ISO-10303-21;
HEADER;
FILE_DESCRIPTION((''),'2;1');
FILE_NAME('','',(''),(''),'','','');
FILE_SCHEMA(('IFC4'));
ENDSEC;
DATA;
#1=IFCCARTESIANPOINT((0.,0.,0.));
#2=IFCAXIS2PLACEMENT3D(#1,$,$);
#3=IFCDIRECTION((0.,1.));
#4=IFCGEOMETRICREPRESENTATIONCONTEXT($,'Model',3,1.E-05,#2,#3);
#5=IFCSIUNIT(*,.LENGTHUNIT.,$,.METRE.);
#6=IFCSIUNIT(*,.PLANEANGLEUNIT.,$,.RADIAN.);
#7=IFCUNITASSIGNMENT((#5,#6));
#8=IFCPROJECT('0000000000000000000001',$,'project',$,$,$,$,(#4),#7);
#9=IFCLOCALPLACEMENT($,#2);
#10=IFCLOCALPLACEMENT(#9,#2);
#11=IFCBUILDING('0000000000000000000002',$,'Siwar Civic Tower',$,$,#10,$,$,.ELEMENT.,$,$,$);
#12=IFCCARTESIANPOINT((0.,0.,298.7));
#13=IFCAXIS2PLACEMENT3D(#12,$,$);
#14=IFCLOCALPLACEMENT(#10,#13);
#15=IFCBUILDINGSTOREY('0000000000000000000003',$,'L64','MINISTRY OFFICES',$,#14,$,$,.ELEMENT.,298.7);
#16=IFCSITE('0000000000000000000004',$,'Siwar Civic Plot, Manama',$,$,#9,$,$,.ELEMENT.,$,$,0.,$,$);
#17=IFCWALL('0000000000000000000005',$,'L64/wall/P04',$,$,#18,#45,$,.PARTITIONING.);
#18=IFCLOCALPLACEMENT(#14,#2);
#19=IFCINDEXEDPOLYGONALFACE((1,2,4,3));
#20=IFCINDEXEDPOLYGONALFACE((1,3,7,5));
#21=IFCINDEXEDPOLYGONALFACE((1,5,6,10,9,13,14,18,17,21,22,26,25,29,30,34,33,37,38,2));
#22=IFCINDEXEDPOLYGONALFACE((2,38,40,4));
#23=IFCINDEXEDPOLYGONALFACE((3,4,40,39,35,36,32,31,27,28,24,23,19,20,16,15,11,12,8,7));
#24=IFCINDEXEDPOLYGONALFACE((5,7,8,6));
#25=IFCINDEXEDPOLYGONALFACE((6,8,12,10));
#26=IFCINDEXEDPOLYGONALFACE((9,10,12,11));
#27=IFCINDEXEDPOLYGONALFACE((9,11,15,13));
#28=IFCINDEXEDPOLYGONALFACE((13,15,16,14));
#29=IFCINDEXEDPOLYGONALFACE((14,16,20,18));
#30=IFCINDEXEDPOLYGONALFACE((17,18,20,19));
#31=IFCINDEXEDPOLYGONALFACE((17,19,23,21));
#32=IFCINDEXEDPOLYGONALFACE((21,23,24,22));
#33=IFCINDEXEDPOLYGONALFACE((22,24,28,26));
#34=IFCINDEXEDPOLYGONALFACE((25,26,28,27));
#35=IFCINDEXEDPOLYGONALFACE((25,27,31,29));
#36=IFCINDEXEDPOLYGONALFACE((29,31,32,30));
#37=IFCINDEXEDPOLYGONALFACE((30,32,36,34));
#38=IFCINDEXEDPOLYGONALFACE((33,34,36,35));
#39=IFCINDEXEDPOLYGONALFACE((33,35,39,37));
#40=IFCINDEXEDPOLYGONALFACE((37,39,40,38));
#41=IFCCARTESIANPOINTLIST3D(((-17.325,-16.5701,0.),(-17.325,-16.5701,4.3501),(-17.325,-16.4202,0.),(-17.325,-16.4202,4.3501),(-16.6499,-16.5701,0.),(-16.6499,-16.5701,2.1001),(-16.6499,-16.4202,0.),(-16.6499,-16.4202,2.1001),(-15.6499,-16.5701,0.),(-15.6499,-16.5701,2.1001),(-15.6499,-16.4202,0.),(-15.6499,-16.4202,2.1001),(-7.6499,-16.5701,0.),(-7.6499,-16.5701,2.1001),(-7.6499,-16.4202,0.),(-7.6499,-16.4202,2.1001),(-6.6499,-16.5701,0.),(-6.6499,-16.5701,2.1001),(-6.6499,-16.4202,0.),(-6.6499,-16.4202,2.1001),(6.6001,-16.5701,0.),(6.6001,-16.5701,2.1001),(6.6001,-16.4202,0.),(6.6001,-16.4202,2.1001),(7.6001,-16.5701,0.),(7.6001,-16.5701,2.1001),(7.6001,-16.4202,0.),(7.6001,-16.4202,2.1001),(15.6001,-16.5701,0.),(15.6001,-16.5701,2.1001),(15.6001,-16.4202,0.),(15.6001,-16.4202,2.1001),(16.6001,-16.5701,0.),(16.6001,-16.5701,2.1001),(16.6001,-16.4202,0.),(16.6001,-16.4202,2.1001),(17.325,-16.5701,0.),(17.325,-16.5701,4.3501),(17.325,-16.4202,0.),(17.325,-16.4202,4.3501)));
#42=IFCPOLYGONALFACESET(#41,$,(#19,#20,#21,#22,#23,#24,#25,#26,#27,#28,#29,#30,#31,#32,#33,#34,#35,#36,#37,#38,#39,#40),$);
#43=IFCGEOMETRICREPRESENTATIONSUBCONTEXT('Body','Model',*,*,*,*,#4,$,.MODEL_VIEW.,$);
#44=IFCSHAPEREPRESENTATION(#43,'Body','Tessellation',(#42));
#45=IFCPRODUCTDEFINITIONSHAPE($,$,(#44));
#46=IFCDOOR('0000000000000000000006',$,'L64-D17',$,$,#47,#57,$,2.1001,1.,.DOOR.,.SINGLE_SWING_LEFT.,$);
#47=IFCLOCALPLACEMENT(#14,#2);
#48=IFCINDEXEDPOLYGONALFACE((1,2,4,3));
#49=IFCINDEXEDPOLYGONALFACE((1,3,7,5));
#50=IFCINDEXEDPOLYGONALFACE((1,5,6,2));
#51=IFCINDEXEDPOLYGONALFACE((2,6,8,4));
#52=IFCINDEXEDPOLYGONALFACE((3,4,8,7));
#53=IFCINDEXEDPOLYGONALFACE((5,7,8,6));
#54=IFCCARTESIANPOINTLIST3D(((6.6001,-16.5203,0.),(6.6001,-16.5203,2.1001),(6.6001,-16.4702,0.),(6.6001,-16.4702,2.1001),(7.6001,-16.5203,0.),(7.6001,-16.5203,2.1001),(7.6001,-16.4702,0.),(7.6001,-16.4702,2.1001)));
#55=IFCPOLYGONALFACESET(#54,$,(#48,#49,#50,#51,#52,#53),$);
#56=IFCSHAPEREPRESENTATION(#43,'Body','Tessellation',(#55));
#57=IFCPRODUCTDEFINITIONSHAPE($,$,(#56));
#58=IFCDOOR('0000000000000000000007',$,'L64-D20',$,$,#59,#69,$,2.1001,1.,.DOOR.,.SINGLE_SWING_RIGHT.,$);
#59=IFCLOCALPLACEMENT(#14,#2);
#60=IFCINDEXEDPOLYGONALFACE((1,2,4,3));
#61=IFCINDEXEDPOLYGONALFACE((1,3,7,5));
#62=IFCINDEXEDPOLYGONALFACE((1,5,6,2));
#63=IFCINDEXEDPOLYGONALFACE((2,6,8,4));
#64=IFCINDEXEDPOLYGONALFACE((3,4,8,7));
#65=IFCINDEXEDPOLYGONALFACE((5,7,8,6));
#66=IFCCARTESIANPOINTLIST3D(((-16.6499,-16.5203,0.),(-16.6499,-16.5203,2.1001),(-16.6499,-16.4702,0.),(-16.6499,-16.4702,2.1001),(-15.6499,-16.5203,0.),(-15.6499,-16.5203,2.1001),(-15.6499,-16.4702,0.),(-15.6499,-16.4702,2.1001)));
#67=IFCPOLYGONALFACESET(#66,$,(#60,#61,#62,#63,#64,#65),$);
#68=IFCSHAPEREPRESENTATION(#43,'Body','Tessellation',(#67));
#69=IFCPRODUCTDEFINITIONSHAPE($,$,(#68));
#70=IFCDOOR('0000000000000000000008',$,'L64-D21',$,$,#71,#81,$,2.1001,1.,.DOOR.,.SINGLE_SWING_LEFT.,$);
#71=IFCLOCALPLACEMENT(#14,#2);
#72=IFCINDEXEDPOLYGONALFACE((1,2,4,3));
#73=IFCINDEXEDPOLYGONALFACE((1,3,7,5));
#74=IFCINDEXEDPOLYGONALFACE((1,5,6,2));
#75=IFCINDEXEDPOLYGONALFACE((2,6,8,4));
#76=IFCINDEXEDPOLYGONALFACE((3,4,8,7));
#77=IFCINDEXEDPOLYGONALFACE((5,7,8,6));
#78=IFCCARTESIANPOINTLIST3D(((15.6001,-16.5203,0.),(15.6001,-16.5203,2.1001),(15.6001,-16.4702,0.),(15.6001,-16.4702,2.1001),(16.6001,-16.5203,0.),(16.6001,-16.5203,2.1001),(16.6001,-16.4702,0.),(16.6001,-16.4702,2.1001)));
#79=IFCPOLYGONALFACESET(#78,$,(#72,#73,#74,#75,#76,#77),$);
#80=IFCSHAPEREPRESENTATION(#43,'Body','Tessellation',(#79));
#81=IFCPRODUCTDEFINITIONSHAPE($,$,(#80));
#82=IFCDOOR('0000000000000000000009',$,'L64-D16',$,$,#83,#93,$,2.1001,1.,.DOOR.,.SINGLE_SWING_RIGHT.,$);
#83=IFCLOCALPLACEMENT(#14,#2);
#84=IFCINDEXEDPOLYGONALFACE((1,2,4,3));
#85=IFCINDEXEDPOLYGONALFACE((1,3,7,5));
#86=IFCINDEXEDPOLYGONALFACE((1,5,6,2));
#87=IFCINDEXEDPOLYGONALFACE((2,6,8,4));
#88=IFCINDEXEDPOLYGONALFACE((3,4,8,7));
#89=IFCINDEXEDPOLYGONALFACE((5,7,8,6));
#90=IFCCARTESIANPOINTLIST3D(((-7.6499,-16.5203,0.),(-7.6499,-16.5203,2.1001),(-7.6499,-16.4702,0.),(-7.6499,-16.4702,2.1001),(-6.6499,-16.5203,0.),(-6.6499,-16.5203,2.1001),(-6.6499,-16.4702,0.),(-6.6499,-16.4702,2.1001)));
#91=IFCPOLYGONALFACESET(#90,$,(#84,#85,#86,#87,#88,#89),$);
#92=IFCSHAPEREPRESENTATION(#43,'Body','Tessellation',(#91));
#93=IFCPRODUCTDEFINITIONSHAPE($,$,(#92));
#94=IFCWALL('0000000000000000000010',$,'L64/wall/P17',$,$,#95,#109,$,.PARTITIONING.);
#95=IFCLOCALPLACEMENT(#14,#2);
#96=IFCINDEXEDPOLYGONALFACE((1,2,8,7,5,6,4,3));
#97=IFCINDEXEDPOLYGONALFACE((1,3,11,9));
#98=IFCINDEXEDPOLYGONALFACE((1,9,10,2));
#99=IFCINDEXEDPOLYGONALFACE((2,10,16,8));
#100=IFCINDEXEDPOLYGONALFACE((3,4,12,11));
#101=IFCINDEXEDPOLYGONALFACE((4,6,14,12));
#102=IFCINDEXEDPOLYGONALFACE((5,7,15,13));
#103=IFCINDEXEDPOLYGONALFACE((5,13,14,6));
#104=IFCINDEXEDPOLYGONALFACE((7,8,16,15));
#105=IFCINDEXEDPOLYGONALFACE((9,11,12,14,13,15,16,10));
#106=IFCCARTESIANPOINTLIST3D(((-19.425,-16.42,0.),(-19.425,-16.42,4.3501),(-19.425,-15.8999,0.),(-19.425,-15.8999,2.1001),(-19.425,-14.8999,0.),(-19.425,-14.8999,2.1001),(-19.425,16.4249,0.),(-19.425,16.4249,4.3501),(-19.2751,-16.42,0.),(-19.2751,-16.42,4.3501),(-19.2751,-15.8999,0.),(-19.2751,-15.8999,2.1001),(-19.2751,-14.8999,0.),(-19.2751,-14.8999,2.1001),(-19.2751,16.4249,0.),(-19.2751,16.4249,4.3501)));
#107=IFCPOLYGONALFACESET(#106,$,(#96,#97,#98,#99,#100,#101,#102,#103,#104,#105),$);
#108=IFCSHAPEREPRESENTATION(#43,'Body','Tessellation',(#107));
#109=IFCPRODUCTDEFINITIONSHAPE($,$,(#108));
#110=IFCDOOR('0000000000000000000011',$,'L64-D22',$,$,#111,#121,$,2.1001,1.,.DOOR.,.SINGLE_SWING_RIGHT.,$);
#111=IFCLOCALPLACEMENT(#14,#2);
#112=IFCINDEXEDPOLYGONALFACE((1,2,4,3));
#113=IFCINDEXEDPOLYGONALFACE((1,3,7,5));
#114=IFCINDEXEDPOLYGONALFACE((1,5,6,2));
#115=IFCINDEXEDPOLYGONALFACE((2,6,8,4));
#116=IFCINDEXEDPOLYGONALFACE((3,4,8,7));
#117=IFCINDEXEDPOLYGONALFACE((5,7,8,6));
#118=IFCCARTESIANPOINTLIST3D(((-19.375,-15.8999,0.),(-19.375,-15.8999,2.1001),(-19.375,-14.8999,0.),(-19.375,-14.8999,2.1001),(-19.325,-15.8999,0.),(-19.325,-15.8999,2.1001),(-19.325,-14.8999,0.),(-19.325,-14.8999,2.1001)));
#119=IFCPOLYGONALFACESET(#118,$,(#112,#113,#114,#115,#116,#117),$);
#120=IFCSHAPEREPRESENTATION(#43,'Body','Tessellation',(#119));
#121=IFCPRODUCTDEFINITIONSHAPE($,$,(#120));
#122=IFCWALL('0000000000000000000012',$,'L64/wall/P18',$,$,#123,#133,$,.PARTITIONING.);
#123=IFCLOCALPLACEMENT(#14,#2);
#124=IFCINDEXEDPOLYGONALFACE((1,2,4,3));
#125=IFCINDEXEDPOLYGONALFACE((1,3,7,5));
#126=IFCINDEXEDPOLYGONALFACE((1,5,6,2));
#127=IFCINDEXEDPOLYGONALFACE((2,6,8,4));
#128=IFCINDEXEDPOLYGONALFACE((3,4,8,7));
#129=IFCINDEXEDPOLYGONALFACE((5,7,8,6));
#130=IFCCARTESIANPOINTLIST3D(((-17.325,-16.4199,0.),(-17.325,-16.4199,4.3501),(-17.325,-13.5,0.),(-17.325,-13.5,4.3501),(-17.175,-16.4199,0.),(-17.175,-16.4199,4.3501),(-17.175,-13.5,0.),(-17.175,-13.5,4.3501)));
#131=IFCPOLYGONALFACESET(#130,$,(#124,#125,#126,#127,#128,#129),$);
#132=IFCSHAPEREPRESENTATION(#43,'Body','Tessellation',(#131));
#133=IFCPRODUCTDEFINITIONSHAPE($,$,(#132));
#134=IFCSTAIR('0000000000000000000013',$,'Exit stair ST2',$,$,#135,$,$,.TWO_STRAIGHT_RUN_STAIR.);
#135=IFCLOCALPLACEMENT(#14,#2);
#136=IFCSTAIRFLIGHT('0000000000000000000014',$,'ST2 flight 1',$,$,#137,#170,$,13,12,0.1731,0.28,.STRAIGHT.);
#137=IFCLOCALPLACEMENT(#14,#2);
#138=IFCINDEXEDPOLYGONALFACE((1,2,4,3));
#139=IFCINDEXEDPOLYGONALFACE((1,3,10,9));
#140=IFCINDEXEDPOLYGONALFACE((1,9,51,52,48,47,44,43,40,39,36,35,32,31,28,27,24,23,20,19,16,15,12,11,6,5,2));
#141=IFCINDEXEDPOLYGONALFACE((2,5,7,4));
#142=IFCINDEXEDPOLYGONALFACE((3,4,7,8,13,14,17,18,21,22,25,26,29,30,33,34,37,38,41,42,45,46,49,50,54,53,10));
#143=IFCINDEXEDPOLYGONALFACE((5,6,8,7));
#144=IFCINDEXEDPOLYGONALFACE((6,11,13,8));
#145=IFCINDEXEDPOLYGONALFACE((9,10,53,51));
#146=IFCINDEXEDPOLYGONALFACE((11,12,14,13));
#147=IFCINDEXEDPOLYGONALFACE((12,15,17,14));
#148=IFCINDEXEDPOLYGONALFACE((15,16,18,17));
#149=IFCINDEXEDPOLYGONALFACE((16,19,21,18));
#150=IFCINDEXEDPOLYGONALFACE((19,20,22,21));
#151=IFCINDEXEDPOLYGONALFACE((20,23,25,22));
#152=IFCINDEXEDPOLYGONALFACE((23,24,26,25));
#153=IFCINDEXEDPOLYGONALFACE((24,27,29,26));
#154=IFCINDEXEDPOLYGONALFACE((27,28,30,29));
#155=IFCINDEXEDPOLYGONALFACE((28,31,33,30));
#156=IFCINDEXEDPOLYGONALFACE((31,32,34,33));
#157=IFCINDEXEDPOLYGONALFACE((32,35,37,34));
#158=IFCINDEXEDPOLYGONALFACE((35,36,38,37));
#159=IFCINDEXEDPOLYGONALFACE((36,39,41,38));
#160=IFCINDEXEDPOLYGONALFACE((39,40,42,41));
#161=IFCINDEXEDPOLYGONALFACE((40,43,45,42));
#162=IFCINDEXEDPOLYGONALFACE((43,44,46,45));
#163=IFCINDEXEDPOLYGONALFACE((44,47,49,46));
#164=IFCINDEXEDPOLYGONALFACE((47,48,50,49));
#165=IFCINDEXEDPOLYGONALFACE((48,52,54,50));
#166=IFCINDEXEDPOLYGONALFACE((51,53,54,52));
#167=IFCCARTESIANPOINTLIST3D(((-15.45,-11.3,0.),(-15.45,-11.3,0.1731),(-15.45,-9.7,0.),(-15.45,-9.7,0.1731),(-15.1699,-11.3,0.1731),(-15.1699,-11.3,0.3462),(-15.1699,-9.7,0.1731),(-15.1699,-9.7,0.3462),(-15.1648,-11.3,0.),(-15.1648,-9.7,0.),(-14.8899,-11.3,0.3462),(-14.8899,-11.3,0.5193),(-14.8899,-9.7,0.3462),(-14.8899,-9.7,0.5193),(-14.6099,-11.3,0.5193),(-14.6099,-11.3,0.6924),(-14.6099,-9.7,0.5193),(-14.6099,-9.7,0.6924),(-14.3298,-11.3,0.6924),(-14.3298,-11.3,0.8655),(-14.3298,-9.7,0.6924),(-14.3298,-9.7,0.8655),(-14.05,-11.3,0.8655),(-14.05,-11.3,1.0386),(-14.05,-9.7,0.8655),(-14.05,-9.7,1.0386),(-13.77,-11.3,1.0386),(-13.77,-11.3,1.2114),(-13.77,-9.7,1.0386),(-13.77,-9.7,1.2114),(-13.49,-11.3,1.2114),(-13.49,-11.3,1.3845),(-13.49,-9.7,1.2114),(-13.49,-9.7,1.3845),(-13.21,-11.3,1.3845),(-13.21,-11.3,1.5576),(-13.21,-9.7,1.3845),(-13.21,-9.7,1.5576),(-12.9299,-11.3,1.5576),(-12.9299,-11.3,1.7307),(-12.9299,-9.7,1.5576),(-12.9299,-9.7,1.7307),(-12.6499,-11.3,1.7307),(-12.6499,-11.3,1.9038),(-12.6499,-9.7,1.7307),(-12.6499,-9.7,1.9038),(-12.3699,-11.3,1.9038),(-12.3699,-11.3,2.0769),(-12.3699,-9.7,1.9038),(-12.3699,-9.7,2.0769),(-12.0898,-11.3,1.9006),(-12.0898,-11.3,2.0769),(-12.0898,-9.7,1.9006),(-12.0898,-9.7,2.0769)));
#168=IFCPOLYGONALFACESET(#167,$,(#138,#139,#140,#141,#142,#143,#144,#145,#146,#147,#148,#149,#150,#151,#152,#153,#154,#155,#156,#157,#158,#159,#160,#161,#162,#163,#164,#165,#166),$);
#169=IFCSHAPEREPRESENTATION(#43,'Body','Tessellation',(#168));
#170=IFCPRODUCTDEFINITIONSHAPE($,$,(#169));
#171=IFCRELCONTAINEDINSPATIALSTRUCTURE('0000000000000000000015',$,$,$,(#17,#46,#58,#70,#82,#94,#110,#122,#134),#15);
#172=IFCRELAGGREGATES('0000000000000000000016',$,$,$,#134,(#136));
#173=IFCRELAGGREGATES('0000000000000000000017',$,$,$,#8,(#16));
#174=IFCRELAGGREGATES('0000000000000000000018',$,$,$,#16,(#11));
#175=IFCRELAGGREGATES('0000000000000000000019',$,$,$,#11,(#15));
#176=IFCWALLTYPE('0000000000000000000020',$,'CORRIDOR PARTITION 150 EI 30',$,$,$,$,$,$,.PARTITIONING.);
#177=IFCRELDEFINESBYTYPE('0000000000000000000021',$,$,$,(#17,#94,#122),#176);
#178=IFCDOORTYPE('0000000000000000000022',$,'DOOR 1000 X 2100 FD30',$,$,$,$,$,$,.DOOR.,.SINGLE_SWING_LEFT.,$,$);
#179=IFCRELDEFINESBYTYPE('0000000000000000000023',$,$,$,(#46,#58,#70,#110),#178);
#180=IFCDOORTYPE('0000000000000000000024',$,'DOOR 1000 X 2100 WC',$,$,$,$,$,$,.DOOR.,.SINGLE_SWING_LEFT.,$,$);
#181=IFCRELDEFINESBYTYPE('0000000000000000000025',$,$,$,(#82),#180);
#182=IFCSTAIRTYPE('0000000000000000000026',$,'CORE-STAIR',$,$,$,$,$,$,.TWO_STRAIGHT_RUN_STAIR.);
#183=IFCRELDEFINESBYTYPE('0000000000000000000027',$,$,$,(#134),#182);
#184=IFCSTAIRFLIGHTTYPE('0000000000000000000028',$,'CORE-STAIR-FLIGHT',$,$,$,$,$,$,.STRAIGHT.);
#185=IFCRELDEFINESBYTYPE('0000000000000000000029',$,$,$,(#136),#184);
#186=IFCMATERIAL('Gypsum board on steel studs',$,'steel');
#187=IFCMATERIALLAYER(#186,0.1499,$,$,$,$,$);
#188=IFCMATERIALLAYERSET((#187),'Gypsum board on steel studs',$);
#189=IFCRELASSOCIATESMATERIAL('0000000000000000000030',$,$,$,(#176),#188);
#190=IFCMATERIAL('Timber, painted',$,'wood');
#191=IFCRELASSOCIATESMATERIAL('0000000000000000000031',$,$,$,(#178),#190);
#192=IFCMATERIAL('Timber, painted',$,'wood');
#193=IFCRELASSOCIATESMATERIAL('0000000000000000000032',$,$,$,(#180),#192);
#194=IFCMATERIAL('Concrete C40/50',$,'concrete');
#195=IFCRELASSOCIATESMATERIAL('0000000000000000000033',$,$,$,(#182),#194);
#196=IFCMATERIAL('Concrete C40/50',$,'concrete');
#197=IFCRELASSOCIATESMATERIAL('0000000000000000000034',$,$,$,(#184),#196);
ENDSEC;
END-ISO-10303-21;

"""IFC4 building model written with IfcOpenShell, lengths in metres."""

from ifc_helpers import new_model, si_unit, direction, frame, frame_2d, origin, place, context, subcontext, project, spatial, polyline, rectangle, outline, extrude, material, layer, layer_set, type_object, element, fill, aggregate, save


model = new_model("IFC4")

# Units and contexts
model_context = context("Model", 3, precision=1e-05, world=origin(), true_north=direction((0.0, 1.0)))
body_context = subcontext(model_context, "Body", "Model", "MODEL_VIEW")
ifc_project = project(units=[si_unit("LENGTHUNIT", "METRE"), si_unit("PLANEANGLEUNIT", "RADIAN")], contexts=[model_context])

# Site, building, storey
site_placement = place(None, origin())
site = spatial("IfcSite", under=ifc_project, at=site_placement, Name="Siwar Civic Plot, Manama", CompositionType="ELEMENT", RefElevation=0.0)
building_placement = place(site_placement, origin())
building = spatial("IfcBuilding", under=site, at=building_placement, Name="Siwar Civic Tower", CompositionType="ELEMENT")
storey_placement = place(building_placement, frame((0.0, 0.0, 298.7)))
storey = spatial("IfcBuildingStorey", under=building, at=storey_placement, Name="L64", Description="MINISTRY OFFICES", CompositionType="ELEMENT", Elevation=298.7)

# Wall, openings, doors
ifc_material_1 = material(Name="Gypsum board on steel studs", Category="steel")
ifc_layer_1 = layer(ifc_material_1, 0.1499)
ifc_layer_set_1 = layer_set([ifc_layer_1], Name="Gypsum board on steel studs")
wall_type_1 = type_object("IfcWallType", Name="CORRIDOR PARTITION 150 EI 30", PredefinedType="PARTITIONING", material=ifc_layer_set_1)
wall_1_placement = place(storey_placement, frame((-17.325, -16.4951, 0.0), z_axis=(0.0, 0.0, 1.0), x_axis=(1.0, 0.0, 0.0)))
wall_1 = element("IfcWall", 1, at=wall_1_placement, inside=storey, type_object=wall_type_1, Name="L64/wall/P04", PredefinedType="PARTITIONING", context=body_context, shape_type="SweptSolid", body=[
    extrude(rectangle(XDim=34.6499, YDim=0.1499, at=frame_2d((17.325, 0.0))), origin(), (0.0, 0.0, 1.0), 4.3501),
])
opening_1_placement = place(wall_1_placement, frame((9.675, 0.0, 0.0)))
opening_1 = element("IfcOpeningElement", 2, at=opening_1_placement, cuts=wall_1, PredefinedType="OPENING", context=body_context, shape_type="SweptSolid", body=[
    extrude(rectangle(XDim=1.0, YDim=2.1001, at=frame_2d((0.5, 1.05))), frame((0.0, 0.085, 0.0), z_axis=(0.0, -1.0, 0.0), x_axis=(1.0, 0.0, 0.0)), (0.0, 0.0, 1.0), 0.1699),
])
opening_2_placement = place(wall_1_placement, frame((23.925, 0.0, 0.0)))
opening_2 = element("IfcOpeningElement", 3, at=opening_2_placement, cuts=wall_1, PredefinedType="OPENING", context=body_context, shape_type="SweptSolid", body=[
    extrude(rectangle(XDim=1.0, YDim=2.1001, at=frame_2d((0.5, 1.05))), frame((0.0, 0.085, 0.0), z_axis=(0.0, -1.0, 0.0), x_axis=(1.0, 0.0, 0.0)), (0.0, 0.0, 1.0), 0.1699),
])
opening_3_placement = place(wall_1_placement, frame((0.675, 0.0, 0.0)))
opening_3 = element("IfcOpeningElement", 4, at=opening_3_placement, cuts=wall_1, PredefinedType="OPENING", context=body_context, shape_type="SweptSolid", body=[
    extrude(rectangle(XDim=1.0, YDim=2.1001, at=frame_2d((0.5, 1.05))), frame((0.0, 0.085, 0.0), z_axis=(0.0, -1.0, 0.0), x_axis=(1.0, 0.0, 0.0)), (0.0, 0.0, 1.0), 0.1699),
])
opening_4_placement = place(wall_1_placement, frame((32.925, 0.0, 0.0)))
opening_4 = element("IfcOpeningElement", 5, at=opening_4_placement, cuts=wall_1, PredefinedType="OPENING", context=body_context, shape_type="SweptSolid", body=[
    extrude(rectangle(XDim=1.0, YDim=2.1001, at=frame_2d((0.5, 1.05))), frame((0.0, 0.085, 0.0), z_axis=(0.0, -1.0, 0.0), x_axis=(1.0, 0.0, 0.0)), (0.0, 0.0, 1.0), 0.1699),
])
ifc_material_2 = material(Name="Timber, painted", Category="wood")
door_type_1 = type_object("IfcDoorType", Name="DOOR 1000 X 2100 FD30", OperationType="SINGLE_SWING_LEFT", PredefinedType="DOOR", material=ifc_material_2)
door_1_placement = place(opening_2_placement, origin())
door_1 = element("IfcDoor", 6, at=door_1_placement, inside=storey, type_object=door_type_1, Name="L64-D17", OperationType="SINGLE_SWING_LEFT", OverallHeight=2.1001, OverallWidth=1.0, PredefinedType="DOOR", context=body_context, shape_type="SweptSolid", body=[
    extrude(rectangle(XDim=1.0, YDim=2.1001, at=frame_2d((0.5, 1.05))), frame((0.0, 0.0249, 0.0), z_axis=(0.0, -1.0, 0.0), x_axis=(1.0, 0.0, 0.0)), (0.0, 0.0, 1.0), 0.05),
])
fill(opening_2, door_1)
door_2_placement = place(opening_3_placement, origin())
door_2 = element("IfcDoor", 7, at=door_2_placement, inside=storey, type_object=door_type_1, Name="L64-D20", OperationType="SINGLE_SWING_RIGHT", OverallHeight=2.1001, OverallWidth=1.0, PredefinedType="DOOR", context=body_context, shape_type="SweptSolid", body=[
    extrude(rectangle(XDim=1.0, YDim=2.1001, at=frame_2d((0.5, 1.05))), frame((0.0, 0.0249, 0.0), z_axis=(0.0, -1.0, 0.0), x_axis=(1.0, 0.0, 0.0)), (0.0, 0.0, 1.0), 0.05),
])
fill(opening_3, door_2)
door_3_placement = place(opening_4_placement, origin())
door_3 = element("IfcDoor", 8, at=door_3_placement, inside=storey, type_object=door_type_1, Name="L64-D21", OperationType="SINGLE_SWING_LEFT", OverallHeight=2.1001, OverallWidth=1.0, PredefinedType="DOOR", context=body_context, shape_type="SweptSolid", body=[
    extrude(rectangle(XDim=1.0, YDim=2.1001, at=frame_2d((0.5, 1.05))), frame((0.0, 0.0249, 0.0), z_axis=(0.0, -1.0, 0.0), x_axis=(1.0, 0.0, 0.0)), (0.0, 0.0, 1.0), 0.05),
])
fill(opening_4, door_3)
ifc_material_3 = material(Name="Timber, painted", Category="wood")
door_type_2 = type_object("IfcDoorType", Name="DOOR 1000 X 2100 WC", OperationType="SINGLE_SWING_LEFT", PredefinedType="DOOR", material=ifc_material_3)
door_4_placement = place(opening_1_placement, origin())
door_4 = element("IfcDoor", 9, at=door_4_placement, inside=storey, type_object=door_type_2, Name="L64-D16", OperationType="SINGLE_SWING_RIGHT", OverallHeight=2.1001, OverallWidth=1.0, PredefinedType="DOOR", context=body_context, shape_type="SweptSolid", body=[
    extrude(rectangle(XDim=1.0, YDim=2.1001, at=frame_2d((0.5, 1.05))), frame((0.0, 0.0249, 0.0), z_axis=(0.0, -1.0, 0.0), x_axis=(1.0, 0.0, 0.0)), (0.0, 0.0, 1.0), 0.05),
])
fill(opening_1, door_4)

# Wall, opening, door
wall_2_placement = place(storey_placement, frame((-19.3501, -16.4199, 0.0), z_axis=(0.0, 0.0, 1.0), x_axis=(0.0, 1.0, 0.0)))
wall_2 = element("IfcWall", 10, at=wall_2_placement, inside=storey, type_object=wall_type_1, Name="L64/wall/P17", PredefinedType="PARTITIONING", context=body_context, shape_type="SweptSolid", body=[
    extrude(rectangle(XDim=32.845, YDim=0.1499, at=frame_2d((16.4224, 0.0))), origin(), (0.0, 0.0, 1.0), 4.3501),
])
opening_5_placement = place(wall_2_placement, frame((0.52, 0.0, 0.0)))
opening_5 = element("IfcOpeningElement", 11, at=opening_5_placement, cuts=wall_2, PredefinedType="OPENING", context=body_context, shape_type="SweptSolid", body=[
    extrude(rectangle(XDim=1.0, YDim=2.1001, at=frame_2d((0.5, 1.05))), frame((0.0, 0.085, 0.0), z_axis=(0.0, -1.0, 0.0), x_axis=(1.0, 0.0, 0.0)), (0.0, 0.0, 1.0), 0.1699),
])
door_5_placement = place(opening_5_placement, origin())
door_5 = element("IfcDoor", 12, at=door_5_placement, inside=storey, type_object=door_type_1, Name="L64-D22", OperationType="SINGLE_SWING_RIGHT", OverallHeight=2.1001, OverallWidth=1.0, PredefinedType="DOOR", context=body_context, shape_type="SweptSolid", body=[
    extrude(rectangle(XDim=1.0, YDim=2.1001, at=frame_2d((0.5, 1.05))), frame((0.0, 0.0249, 0.0), z_axis=(0.0, -1.0, 0.0), x_axis=(1.0, 0.0, 0.0)), (0.0, 0.0, 1.0), 0.05),
])
fill(opening_5, door_5)

# Wall
wall_3_placement = place(storey_placement, frame((-17.25, -16.4199, 0.0), z_axis=(0.0, 0.0, 1.0), x_axis=(0.0, 1.0, 0.0)))
element("IfcWall", 13, at=wall_3_placement, inside=storey, type_object=wall_type_1, Name="L64/wall/P18", PredefinedType="PARTITIONING", context=body_context, shape_type="SweptSolid", body=[
    extrude(rectangle(XDim=2.9199, YDim=0.1499, at=frame_2d((1.46, 0.0))), origin(), (0.0, 0.0, 1.0), 4.3501),
])

# Stair, stair flight
ifc_material_4 = material(Name="Concrete C40/50", Category="concrete")
stair_type = type_object("IfcStairType", Name="CORE-STAIR", PredefinedType="TWO_STRAIGHT_RUN_STAIR", material=ifc_material_4)
stair_placement = place(storey_placement, origin())
stair = element("IfcStair", 14, at=stair_placement, inside=storey, type_object=stair_type, Name="Exit stair ST2", PredefinedType="TWO_STRAIGHT_RUN_STAIR")
ifc_material_5 = material(Name="Concrete C40/50", Category="concrete")
stair_flight_type = type_object("IfcStairFlightType", Name="CORE-STAIR-FLIGHT", PredefinedType="STRAIGHT", material=ifc_material_5)
stair_flight_placement = place(storey_placement, frame((-15.45, -10.5, 0.0), z_axis=(0.0, 0.0, 1.0), x_axis=(1.0, 0.0, 0.0)))
stair_flight = element("IfcStairFlight", 15, at=stair_flight_placement, type_object=stair_flight_type, Name="ST2 flight 1", NumberOfRisers=13, NumberOfTreads=12, PredefinedType="STRAIGHT", RiserHeight=0.1731, TreadLength=0.28, context=body_context, shape_type="SweptSolid", body=[
    extrude(outline(polyline([(0.0, 0.0), (0.0, 0.1731), (0.28, 0.1731), (0.28, 0.3462), (0.5601, 0.3462), (0.5601, 0.5193), (0.8401, 0.5193), (0.8401, 0.6924), (1.1201, 0.6924), (1.1201, 0.8655), (1.3999, 0.8655), (1.3999, 1.0386), (1.6799, 1.0386), (1.6799, 1.2114), (1.96, 1.2114), (1.96, 1.3845), (2.24, 1.3845), (2.24, 1.5576), (2.52, 1.5576), (2.52, 1.7307), (2.8, 1.7307), (2.8, 1.9038), (3.0801, 1.9038), (3.0801, 2.0769), (3.3601, 2.0769), (3.3601, 2.25), (3.3601, 1.9006), (0.2852, 0.0), (0.0, 0.0)])), frame((0.0, 0.8, 0.0), z_axis=(0.0, -1.0, 0.0), x_axis=(1.0, 0.0, 0.0)), (0.0, 0.0, 1.0), 1.6001),
])
aggregate(stair, [stair_flight])

save(model, "model.ifc")
